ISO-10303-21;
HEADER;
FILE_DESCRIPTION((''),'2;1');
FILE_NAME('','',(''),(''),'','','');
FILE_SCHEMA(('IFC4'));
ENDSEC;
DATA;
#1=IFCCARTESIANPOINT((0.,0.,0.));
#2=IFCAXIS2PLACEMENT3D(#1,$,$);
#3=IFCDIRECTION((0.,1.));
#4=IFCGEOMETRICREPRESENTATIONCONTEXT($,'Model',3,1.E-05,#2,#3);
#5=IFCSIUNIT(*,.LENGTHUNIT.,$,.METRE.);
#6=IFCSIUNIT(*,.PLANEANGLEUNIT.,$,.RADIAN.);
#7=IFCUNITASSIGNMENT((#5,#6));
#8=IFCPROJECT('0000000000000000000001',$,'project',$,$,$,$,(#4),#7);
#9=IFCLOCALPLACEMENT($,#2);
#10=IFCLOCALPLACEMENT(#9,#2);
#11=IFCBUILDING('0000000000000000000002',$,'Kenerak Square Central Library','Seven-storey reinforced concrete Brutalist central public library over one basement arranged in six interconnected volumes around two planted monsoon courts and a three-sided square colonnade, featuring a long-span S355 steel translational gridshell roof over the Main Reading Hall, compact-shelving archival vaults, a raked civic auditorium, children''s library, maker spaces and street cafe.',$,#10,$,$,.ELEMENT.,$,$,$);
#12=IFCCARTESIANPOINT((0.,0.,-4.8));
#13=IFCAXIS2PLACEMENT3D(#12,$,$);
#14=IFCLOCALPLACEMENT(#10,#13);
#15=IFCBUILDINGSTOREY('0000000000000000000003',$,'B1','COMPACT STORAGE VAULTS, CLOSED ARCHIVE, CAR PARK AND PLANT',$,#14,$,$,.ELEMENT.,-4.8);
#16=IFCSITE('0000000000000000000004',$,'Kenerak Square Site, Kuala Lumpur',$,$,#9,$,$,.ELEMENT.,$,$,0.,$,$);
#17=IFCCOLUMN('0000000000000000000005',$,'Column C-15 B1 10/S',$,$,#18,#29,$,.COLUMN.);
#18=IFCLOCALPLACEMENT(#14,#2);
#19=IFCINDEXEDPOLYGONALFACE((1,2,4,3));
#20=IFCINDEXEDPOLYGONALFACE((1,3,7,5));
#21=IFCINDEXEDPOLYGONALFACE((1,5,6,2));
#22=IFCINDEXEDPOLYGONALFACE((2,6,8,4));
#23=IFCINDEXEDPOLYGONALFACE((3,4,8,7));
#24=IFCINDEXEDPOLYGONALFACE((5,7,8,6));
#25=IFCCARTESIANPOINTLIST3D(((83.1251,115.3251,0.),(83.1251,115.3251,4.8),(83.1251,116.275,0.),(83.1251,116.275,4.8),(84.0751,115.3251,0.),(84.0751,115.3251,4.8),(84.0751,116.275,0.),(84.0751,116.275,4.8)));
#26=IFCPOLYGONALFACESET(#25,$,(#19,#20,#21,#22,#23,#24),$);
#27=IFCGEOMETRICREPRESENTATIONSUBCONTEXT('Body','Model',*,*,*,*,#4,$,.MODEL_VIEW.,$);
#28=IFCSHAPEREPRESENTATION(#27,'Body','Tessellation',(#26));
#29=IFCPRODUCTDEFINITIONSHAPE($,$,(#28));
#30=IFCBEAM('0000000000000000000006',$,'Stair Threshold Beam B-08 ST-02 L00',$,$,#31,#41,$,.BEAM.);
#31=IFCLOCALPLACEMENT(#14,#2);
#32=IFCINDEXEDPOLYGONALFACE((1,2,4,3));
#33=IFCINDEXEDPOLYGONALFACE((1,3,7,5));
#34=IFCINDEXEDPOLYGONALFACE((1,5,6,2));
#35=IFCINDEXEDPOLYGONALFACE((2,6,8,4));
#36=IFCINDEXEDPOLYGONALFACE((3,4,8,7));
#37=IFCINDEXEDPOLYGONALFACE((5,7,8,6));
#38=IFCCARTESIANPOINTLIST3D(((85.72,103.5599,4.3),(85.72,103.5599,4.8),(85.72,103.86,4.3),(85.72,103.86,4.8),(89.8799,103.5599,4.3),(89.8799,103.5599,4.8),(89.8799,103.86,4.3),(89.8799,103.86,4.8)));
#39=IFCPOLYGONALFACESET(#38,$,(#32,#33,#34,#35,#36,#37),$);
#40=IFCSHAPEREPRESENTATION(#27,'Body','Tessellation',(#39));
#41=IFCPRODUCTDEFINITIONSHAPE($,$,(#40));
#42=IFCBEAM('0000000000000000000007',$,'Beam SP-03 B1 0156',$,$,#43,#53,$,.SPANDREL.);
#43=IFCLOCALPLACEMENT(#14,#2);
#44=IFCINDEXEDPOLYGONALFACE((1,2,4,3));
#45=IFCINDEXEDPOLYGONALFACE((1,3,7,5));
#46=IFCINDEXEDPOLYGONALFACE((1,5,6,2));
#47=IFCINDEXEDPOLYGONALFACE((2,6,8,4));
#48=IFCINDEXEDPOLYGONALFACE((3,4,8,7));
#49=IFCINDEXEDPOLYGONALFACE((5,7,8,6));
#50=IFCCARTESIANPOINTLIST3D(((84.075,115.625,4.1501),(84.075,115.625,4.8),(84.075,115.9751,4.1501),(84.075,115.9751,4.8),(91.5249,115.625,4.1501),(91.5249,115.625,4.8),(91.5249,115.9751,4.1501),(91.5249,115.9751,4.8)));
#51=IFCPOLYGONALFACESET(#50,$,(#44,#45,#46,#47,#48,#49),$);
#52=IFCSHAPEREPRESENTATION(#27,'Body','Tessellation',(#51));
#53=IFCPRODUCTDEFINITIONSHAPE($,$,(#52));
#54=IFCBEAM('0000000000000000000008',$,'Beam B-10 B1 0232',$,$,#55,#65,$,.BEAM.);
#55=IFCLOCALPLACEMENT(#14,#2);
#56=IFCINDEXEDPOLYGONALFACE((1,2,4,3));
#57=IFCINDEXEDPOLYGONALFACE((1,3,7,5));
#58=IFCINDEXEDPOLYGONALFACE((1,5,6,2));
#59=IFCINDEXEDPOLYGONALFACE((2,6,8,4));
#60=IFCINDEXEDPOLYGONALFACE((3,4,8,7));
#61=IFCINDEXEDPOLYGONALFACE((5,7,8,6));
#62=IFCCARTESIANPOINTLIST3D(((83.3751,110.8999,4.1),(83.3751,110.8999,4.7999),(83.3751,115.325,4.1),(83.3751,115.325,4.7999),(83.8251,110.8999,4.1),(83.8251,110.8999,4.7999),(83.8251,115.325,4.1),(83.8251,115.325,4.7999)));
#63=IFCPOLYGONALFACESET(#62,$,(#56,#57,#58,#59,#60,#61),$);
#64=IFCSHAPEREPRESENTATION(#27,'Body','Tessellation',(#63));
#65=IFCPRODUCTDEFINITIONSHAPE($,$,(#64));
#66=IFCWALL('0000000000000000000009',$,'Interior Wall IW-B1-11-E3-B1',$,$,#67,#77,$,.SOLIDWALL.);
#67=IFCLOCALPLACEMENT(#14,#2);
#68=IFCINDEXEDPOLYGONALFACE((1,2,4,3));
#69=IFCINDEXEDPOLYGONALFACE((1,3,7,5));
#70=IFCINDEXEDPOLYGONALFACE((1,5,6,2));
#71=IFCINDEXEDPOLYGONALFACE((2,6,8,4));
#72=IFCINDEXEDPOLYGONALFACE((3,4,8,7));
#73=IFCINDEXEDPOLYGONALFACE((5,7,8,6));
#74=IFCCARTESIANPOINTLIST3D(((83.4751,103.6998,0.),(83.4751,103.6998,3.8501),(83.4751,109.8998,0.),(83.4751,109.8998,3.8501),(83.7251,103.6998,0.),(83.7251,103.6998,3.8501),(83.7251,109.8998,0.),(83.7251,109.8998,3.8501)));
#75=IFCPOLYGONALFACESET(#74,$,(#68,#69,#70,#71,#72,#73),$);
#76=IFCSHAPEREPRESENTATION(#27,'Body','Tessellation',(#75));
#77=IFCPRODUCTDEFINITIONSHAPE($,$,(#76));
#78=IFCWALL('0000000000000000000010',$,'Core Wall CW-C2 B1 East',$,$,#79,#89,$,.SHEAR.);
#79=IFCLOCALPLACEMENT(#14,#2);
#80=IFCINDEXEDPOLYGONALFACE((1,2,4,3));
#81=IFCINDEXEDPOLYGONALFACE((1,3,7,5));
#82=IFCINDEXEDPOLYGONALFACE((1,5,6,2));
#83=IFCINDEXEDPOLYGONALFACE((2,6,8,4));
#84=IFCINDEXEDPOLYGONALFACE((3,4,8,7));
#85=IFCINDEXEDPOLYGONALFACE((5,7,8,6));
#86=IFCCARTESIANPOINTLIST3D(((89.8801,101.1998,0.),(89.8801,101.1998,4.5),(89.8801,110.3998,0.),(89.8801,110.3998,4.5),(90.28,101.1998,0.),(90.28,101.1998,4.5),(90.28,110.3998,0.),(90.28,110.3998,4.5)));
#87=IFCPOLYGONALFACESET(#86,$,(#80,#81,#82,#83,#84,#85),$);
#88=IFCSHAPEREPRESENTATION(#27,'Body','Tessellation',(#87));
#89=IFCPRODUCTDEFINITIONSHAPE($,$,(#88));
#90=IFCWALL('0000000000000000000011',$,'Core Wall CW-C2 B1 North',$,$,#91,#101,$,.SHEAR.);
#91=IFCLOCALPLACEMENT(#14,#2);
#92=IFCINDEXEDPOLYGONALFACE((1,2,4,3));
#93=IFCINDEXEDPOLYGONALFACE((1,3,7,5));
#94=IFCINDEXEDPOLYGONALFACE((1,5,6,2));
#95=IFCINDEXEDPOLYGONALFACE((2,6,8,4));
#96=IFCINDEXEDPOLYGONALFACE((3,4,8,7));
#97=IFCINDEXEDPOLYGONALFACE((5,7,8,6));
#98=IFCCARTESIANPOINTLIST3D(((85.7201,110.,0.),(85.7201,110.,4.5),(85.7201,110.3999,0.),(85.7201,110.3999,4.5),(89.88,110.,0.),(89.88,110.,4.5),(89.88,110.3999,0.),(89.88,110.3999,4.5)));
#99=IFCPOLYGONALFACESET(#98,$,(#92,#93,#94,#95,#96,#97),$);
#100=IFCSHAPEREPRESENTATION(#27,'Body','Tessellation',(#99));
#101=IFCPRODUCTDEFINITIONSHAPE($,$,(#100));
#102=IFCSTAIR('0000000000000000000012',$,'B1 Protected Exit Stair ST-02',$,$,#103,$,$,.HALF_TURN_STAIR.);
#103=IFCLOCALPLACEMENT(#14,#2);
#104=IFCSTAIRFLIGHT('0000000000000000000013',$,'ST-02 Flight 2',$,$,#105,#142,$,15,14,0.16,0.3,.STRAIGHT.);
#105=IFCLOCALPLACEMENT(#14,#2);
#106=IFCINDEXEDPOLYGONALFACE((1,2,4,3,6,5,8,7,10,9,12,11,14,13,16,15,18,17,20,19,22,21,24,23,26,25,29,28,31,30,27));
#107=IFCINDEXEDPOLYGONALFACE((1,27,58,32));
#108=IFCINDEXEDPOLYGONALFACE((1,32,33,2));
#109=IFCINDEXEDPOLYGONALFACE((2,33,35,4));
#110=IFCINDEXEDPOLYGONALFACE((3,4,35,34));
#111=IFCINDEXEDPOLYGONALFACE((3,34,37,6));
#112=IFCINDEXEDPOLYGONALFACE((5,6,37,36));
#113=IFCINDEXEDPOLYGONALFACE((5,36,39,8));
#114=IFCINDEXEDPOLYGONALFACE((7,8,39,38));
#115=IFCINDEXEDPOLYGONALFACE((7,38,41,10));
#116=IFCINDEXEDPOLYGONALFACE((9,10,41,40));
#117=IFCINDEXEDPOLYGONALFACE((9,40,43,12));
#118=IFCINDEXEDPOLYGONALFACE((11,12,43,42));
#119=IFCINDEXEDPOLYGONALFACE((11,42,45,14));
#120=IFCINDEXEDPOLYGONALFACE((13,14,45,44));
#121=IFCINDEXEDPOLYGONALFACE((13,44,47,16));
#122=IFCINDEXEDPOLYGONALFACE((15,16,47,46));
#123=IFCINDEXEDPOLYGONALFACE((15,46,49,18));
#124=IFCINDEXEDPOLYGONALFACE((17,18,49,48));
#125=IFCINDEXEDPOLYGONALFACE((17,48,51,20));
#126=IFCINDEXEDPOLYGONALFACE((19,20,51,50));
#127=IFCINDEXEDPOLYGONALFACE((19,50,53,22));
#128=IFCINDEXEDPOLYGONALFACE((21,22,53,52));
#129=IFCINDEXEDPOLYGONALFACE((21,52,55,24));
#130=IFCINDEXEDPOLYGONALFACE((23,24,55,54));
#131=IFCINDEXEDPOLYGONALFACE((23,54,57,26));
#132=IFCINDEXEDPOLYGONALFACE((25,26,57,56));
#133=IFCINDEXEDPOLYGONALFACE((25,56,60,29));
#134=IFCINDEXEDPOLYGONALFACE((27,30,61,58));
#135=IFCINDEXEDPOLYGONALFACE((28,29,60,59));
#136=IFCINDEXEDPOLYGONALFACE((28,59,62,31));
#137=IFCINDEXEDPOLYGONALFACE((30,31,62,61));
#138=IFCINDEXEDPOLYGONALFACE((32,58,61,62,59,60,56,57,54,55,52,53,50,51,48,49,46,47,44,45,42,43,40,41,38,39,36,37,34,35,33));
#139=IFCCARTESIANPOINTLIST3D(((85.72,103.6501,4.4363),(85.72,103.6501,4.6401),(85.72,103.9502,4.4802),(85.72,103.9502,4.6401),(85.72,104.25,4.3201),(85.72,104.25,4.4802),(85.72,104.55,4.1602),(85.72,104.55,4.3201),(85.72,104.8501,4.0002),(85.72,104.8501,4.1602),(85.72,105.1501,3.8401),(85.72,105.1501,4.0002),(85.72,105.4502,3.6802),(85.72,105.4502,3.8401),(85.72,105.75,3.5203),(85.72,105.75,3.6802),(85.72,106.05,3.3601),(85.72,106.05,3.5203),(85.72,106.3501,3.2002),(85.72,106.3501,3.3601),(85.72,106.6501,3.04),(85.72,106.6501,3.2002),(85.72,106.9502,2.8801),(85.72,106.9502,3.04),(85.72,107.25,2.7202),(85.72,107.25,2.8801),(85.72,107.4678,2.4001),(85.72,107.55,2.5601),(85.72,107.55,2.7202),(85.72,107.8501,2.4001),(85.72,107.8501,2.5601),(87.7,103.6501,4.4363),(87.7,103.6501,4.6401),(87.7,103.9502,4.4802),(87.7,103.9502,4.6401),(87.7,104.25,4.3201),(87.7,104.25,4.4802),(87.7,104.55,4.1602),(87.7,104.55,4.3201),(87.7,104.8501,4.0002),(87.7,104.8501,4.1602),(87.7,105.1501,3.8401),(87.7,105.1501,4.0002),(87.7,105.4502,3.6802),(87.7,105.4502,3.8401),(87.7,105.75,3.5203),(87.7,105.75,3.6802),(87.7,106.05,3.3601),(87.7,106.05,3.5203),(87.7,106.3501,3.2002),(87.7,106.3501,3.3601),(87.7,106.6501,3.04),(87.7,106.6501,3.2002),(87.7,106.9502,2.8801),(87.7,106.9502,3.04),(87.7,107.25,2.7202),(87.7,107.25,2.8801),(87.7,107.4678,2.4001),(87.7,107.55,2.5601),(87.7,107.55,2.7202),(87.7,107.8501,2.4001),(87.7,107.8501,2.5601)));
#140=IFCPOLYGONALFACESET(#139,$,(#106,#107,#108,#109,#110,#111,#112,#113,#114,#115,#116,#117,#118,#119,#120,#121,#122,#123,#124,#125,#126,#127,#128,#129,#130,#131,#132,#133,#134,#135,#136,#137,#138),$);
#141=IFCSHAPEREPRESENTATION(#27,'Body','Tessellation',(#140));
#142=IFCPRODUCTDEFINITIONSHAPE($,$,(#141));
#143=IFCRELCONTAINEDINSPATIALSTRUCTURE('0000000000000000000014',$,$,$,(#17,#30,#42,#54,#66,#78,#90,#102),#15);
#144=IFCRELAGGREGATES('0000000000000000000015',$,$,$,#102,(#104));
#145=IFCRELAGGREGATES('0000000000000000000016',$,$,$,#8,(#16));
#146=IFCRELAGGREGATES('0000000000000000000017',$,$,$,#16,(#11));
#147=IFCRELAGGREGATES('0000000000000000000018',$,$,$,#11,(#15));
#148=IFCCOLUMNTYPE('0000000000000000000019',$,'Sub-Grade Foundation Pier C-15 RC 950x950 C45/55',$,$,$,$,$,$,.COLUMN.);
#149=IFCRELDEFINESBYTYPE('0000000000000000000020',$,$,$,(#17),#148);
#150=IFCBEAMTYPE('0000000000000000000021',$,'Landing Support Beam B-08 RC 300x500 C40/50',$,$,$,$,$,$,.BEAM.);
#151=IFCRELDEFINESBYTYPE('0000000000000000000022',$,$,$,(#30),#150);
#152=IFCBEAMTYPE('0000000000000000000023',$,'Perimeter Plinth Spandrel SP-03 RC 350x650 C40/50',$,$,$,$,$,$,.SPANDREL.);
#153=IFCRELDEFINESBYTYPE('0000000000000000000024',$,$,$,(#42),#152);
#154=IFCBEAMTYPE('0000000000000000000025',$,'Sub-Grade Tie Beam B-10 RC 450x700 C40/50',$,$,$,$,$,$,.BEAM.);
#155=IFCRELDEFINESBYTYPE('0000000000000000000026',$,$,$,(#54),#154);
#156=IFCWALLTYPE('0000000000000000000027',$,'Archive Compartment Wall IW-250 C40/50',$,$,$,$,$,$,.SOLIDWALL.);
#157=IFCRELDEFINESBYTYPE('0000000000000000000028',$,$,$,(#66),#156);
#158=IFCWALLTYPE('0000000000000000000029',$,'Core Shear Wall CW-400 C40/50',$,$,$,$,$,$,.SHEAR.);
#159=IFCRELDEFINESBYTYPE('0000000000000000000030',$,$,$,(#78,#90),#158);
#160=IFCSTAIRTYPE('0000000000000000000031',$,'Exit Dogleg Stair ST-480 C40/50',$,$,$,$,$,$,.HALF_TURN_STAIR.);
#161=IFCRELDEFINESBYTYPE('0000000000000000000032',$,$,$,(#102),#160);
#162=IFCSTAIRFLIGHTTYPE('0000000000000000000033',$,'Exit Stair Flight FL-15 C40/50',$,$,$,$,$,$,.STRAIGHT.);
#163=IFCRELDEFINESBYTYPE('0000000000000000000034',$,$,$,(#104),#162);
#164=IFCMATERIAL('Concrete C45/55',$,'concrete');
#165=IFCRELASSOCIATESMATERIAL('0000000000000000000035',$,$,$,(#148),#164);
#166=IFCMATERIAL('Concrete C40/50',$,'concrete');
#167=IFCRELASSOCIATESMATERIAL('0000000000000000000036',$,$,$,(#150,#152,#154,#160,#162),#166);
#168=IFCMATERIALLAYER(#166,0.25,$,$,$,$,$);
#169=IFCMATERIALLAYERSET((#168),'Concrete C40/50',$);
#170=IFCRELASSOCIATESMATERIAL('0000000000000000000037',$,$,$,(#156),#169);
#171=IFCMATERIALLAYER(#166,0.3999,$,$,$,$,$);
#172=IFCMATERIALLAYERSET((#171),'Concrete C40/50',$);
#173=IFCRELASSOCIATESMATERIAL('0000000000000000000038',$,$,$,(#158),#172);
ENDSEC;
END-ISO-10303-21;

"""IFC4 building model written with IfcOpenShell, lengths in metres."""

from ifc_helpers import new_model, si_unit, direction, frame, frame_2d, origin, origin_2d, place, context, subcontext, project, spatial, polyline, rectangle, outline, extrude, material, layer, layer_set, material_profile, profile_set, type_object, element, aggregate, save


model = new_model("IFC4")

# Units and contexts
model_context = context("Model", 3, precision=1e-05, world=origin(), true_north=direction((0.0, 1.0)))
body_context = subcontext(model_context, "Body", "Model", "MODEL_VIEW")
ifc_project = project(units=[si_unit("LENGTHUNIT", "METRE"), si_unit("PLANEANGLEUNIT", "RADIAN")], contexts=[model_context])

# Site, building, storey
site_placement = place(None, origin())
site = spatial("IfcSite", under=ifc_project, at=site_placement, Name="Kenerak Square Site, Kuala Lumpur", CompositionType="ELEMENT", RefElevation=0.0)
building_placement = place(site_placement, origin())
building = spatial("IfcBuilding", under=site, at=building_placement, Name="Kenerak Square Central Library", Description="Seven-storey reinforced concrete Brutalist central public library over one basement arranged in six interconnected volumes around two planted monsoon courts and a three-sided square colonnade, featuring a long-span S355 steel translational gridshell roof over the Main Reading Hall, compact-shelving archival vaults, a raked civic auditorium, children's library, maker spaces and street cafe.", CompositionType="ELEMENT")
storey_placement = place(building_placement, frame((0.0, 0.0, -4.8)))
storey = spatial("IfcBuildingStorey", under=building, at=storey_placement, Name="B1", Description="COMPACT STORAGE VAULTS, CLOSED ARCHIVE, CAR PARK AND PLANT", CompositionType="ELEMENT", Elevation=-4.8)

# Shared definitions
ifc_material_1 = material(Name="Concrete C40/50", Category="concrete")

# Column
ifc_material_2 = material(Name="Concrete C45/55", Category="concrete")
ifc_material_profile_1 = material_profile(ifc_material_2, rectangle(XDim=0.95, YDim=0.95, at=origin_2d()), Name="RC 950x950")
ifc_profile_set_1 = profile_set([ifc_material_profile_1], Name="Concrete C45/55")
column_type_1 = type_object("IfcColumnType", Name="Sub-Grade Foundation Pier C-15 RC 950x950 C45/55", PredefinedType="COLUMN", material=ifc_profile_set_1)
column_1_placement = place(storey_placement, frame((83.6001, 115.8, 0.0), z_axis=(0.0, 0.0, 1.0), x_axis=(1.0, 0.0, 0.0)))
element("IfcColumn", 1, at=column_1_placement, inside=storey, type_object=column_type_1, Name="Column C-15 B1 10/S", PredefinedType="COLUMN", context=body_context, shape_type="SweptSolid", body=[
    extrude(rectangle(XDim=0.95, YDim=0.95, at=origin_2d()), origin(), (0.0, 0.0, 1.0), 4.8),
])

# Beams
ifc_material_profile_2 = material_profile(ifc_material_1, rectangle(XDim=0.3, YDim=0.5, at=origin_2d()), Name="RC 300x500")
ifc_profile_set_2 = profile_set([ifc_material_profile_2], Name="Concrete C40/50")
beam_type_1 = type_object("IfcBeamType", Name="Landing Support Beam B-08 RC 300x500 C40/50", PredefinedType="BEAM", material=ifc_profile_set_2)
beam_1_placement = place(storey_placement, frame((85.72, 103.71, 4.55), z_axis=(1.0, 0.0, 0.0), x_axis=(0.0, 1.0, 0.0)))
element("IfcBeam", 2, at=beam_1_placement, inside=storey, type_object=beam_type_1, Name="Stair Threshold Beam B-08 ST-02 L00", PredefinedType="BEAM", context=body_context, shape_type="SweptSolid", body=[
    extrude(rectangle(XDim=0.3, YDim=0.5, at=origin_2d()), origin(), (0.0, 0.0, 1.0), 4.1599),
])
ifc_material_profile_3 = material_profile(ifc_material_1, rectangle(XDim=0.3501, YDim=0.6499, at=origin_2d()), Name="RC 350x650")
ifc_profile_set_3 = profile_set([ifc_material_profile_3], Name="Concrete C40/50")
beam_type_2 = type_object("IfcBeamType", Name="Perimeter Plinth Spandrel SP-03 RC 350x650 C40/50", PredefinedType="SPANDREL", material=ifc_profile_set_3)
beam_2_placement = place(storey_placement, frame((84.075, 115.8, 4.4751), z_axis=(1.0, 0.0, 0.0), x_axis=(0.0, 1.0, 0.0)))
element("IfcBeam", 3, at=beam_2_placement, inside=storey, type_object=beam_type_2, Name="Beam SP-03 B1 0156", PredefinedType="SPANDREL", context=body_context, shape_type="SweptSolid", body=[
    extrude(rectangle(XDim=0.3501, YDim=0.6499, at=origin_2d()), origin(), (0.0, 0.0, 1.0), 7.45),
])
ifc_material_profile_4 = material_profile(ifc_material_1, rectangle(XDim=0.45, YDim=0.7, at=origin_2d()), Name="RC 450x700")
ifc_profile_set_4 = profile_set([ifc_material_profile_4], Name="Concrete C40/50")
beam_type_3 = type_object("IfcBeamType", Name="Sub-Grade Tie Beam B-10 RC 450x700 C40/50", PredefinedType="BEAM", material=ifc_profile_set_4)
beam_3_placement = place(storey_placement, frame((83.6001, 110.8999, 4.45), z_axis=(0.0, 1.0, 0.0), x_axis=(-1.0, 0.0, 0.0)))
element("IfcBeam", 4, at=beam_3_placement, inside=storey, type_object=beam_type_3, Name="Beam B-10 B1 0232", PredefinedType="BEAM", context=body_context, shape_type="SweptSolid", body=[
    extrude(rectangle(XDim=0.45, YDim=0.7, at=origin_2d()), origin(), (0.0, 0.0, 1.0), 4.425),
])

# Walls
ifc_layer_1 = layer(ifc_material_1, 0.25)
ifc_layer_set_1 = layer_set([ifc_layer_1], Name="Concrete C40/50")
wall_type_1 = type_object("IfcWallType", Name="Archive Compartment Wall IW-250 C40/50", PredefinedType="SOLIDWALL", material=ifc_layer_set_1)
wall_1_placement = place(storey_placement, frame((83.6001, 109.8999, 0.0), z_axis=(0.0, 0.0, 1.0), x_axis=(0.0, -1.0, 0.0)))
element("IfcWall", 5, at=wall_1_placement, inside=storey, type_object=wall_type_1, Name="Interior Wall IW-B1-11-E3-B1", PredefinedType="SOLIDWALL", context=body_context, shape_type="SweptSolid", body=[
    extrude(rectangle(XDim=6.2, YDim=0.25, at=frame_2d((3.1001, 0.0))), origin(), (0.0, 0.0, 1.0), 3.8501),
])
ifc_layer_2 = layer(ifc_material_1, 0.3999)
ifc_layer_set_2 = layer_set([ifc_layer_2], Name="Concrete C40/50")
wall_type_2 = type_object("IfcWallType", Name="Core Shear Wall CW-400 C40/50", PredefinedType="SHEAR", material=ifc_layer_set_2)
wall_2_placement = place(storey_placement, frame((90.0801, 110.3999, 0.0), z_axis=(0.0, 0.0, 1.0), x_axis=(0.0, -1.0, 0.0)))
element("IfcWall", 6, at=wall_2_placement, inside=storey, type_object=wall_type_2, Name="Core Wall CW-C2 B1 East", PredefinedType="SHEAR", context=body_context, shape_type="SweptSolid", body=[
    extrude(rectangle(XDim=9.2, YDim=0.3999, at=frame_2d((4.6001, 0.0))), origin(), (0.0, 0.0, 1.0), 4.5),
])
wall_3_placement = place(storey_placement, frame((85.72, 110.2, 0.0), z_axis=(0.0, 0.0, 1.0), x_axis=(1.0, 0.0, 0.0)))
element("IfcWall", 7, at=wall_3_placement, inside=storey, type_object=wall_type_2, Name="Core Wall CW-C2 B1 North", PredefinedType="SHEAR", context=body_context, shape_type="SweptSolid", body=[
    extrude(rectangle(XDim=4.1599, YDim=0.3999, at=frame_2d((2.0801, 0.0))), origin(), (0.0, 0.0, 1.0), 4.5),
])

# Stair, stair flight
stair_type = type_object("IfcStairType", Name="Exit Dogleg Stair ST-480 C40/50", PredefinedType="HALF_TURN_STAIR", material=ifc_material_1)
stair_placement = place(storey_placement, origin())
stair = element("IfcStair", 8, at=stair_placement, inside=storey, type_object=stair_type, Name="B1 Protected Exit Stair ST-02", PredefinedType="HALF_TURN_STAIR")
stair_flight_type = type_object("IfcStairFlightType", Name="Exit Stair Flight FL-15 C40/50", PredefinedType="STRAIGHT", material=ifc_material_1)
stair_flight_placement = place(storey_placement, frame((86.71, 107.8501, 2.4001), z_axis=(0.0, 0.0, 1.0), x_axis=(0.0, -1.0, 0.0)))
stair_flight = element("IfcStairFlight", 9, at=stair_flight_placement, type_object=stair_flight_type, Name="ST-02 Flight 2", NumberOfRisers=15, NumberOfTreads=14, PredefinedType="STRAIGHT", RiserHeight=0.16, TreadLength=0.3, context=body_context, shape_type="SweptSolid", body=[
    extrude(outline(polyline([(0.0, 0.0), (0.0, 0.1599), (0.3, 0.1599), (0.3, 0.3201), (0.6001, 0.3201), (0.6001, 0.48), (0.8999, 0.48), (0.8999, 0.6399), (1.2, 0.6399), (1.2, 0.8), (1.5, 0.8), (1.5, 0.96), (1.8, 0.96), (1.8, 1.1201), (2.1001, 1.1201), (2.1001, 1.28), (2.3999, 1.28), (2.3999, 1.4399), (2.7, 1.4399), (2.7, 1.6001), (3.0, 1.6001), (3.0, 1.76), (3.3, 1.76), (3.3, 1.9199), (3.6001, 1.9199), (3.6001, 2.0801), (3.8999, 2.0801), (3.8999, 2.24), (4.2, 2.24), (4.2, 2.3999), (4.2, 2.0361), (0.3823, 0.0), (0.0, 0.0)])), frame((0.0, 0.99, 0.0), z_axis=(0.0, -1.0, 0.0), x_axis=(1.0, 0.0, 0.0)), (0.0, 0.0, 1.0), 1.98),
])
aggregate(stair, [stair_flight])

save(model, "model.ifc")
